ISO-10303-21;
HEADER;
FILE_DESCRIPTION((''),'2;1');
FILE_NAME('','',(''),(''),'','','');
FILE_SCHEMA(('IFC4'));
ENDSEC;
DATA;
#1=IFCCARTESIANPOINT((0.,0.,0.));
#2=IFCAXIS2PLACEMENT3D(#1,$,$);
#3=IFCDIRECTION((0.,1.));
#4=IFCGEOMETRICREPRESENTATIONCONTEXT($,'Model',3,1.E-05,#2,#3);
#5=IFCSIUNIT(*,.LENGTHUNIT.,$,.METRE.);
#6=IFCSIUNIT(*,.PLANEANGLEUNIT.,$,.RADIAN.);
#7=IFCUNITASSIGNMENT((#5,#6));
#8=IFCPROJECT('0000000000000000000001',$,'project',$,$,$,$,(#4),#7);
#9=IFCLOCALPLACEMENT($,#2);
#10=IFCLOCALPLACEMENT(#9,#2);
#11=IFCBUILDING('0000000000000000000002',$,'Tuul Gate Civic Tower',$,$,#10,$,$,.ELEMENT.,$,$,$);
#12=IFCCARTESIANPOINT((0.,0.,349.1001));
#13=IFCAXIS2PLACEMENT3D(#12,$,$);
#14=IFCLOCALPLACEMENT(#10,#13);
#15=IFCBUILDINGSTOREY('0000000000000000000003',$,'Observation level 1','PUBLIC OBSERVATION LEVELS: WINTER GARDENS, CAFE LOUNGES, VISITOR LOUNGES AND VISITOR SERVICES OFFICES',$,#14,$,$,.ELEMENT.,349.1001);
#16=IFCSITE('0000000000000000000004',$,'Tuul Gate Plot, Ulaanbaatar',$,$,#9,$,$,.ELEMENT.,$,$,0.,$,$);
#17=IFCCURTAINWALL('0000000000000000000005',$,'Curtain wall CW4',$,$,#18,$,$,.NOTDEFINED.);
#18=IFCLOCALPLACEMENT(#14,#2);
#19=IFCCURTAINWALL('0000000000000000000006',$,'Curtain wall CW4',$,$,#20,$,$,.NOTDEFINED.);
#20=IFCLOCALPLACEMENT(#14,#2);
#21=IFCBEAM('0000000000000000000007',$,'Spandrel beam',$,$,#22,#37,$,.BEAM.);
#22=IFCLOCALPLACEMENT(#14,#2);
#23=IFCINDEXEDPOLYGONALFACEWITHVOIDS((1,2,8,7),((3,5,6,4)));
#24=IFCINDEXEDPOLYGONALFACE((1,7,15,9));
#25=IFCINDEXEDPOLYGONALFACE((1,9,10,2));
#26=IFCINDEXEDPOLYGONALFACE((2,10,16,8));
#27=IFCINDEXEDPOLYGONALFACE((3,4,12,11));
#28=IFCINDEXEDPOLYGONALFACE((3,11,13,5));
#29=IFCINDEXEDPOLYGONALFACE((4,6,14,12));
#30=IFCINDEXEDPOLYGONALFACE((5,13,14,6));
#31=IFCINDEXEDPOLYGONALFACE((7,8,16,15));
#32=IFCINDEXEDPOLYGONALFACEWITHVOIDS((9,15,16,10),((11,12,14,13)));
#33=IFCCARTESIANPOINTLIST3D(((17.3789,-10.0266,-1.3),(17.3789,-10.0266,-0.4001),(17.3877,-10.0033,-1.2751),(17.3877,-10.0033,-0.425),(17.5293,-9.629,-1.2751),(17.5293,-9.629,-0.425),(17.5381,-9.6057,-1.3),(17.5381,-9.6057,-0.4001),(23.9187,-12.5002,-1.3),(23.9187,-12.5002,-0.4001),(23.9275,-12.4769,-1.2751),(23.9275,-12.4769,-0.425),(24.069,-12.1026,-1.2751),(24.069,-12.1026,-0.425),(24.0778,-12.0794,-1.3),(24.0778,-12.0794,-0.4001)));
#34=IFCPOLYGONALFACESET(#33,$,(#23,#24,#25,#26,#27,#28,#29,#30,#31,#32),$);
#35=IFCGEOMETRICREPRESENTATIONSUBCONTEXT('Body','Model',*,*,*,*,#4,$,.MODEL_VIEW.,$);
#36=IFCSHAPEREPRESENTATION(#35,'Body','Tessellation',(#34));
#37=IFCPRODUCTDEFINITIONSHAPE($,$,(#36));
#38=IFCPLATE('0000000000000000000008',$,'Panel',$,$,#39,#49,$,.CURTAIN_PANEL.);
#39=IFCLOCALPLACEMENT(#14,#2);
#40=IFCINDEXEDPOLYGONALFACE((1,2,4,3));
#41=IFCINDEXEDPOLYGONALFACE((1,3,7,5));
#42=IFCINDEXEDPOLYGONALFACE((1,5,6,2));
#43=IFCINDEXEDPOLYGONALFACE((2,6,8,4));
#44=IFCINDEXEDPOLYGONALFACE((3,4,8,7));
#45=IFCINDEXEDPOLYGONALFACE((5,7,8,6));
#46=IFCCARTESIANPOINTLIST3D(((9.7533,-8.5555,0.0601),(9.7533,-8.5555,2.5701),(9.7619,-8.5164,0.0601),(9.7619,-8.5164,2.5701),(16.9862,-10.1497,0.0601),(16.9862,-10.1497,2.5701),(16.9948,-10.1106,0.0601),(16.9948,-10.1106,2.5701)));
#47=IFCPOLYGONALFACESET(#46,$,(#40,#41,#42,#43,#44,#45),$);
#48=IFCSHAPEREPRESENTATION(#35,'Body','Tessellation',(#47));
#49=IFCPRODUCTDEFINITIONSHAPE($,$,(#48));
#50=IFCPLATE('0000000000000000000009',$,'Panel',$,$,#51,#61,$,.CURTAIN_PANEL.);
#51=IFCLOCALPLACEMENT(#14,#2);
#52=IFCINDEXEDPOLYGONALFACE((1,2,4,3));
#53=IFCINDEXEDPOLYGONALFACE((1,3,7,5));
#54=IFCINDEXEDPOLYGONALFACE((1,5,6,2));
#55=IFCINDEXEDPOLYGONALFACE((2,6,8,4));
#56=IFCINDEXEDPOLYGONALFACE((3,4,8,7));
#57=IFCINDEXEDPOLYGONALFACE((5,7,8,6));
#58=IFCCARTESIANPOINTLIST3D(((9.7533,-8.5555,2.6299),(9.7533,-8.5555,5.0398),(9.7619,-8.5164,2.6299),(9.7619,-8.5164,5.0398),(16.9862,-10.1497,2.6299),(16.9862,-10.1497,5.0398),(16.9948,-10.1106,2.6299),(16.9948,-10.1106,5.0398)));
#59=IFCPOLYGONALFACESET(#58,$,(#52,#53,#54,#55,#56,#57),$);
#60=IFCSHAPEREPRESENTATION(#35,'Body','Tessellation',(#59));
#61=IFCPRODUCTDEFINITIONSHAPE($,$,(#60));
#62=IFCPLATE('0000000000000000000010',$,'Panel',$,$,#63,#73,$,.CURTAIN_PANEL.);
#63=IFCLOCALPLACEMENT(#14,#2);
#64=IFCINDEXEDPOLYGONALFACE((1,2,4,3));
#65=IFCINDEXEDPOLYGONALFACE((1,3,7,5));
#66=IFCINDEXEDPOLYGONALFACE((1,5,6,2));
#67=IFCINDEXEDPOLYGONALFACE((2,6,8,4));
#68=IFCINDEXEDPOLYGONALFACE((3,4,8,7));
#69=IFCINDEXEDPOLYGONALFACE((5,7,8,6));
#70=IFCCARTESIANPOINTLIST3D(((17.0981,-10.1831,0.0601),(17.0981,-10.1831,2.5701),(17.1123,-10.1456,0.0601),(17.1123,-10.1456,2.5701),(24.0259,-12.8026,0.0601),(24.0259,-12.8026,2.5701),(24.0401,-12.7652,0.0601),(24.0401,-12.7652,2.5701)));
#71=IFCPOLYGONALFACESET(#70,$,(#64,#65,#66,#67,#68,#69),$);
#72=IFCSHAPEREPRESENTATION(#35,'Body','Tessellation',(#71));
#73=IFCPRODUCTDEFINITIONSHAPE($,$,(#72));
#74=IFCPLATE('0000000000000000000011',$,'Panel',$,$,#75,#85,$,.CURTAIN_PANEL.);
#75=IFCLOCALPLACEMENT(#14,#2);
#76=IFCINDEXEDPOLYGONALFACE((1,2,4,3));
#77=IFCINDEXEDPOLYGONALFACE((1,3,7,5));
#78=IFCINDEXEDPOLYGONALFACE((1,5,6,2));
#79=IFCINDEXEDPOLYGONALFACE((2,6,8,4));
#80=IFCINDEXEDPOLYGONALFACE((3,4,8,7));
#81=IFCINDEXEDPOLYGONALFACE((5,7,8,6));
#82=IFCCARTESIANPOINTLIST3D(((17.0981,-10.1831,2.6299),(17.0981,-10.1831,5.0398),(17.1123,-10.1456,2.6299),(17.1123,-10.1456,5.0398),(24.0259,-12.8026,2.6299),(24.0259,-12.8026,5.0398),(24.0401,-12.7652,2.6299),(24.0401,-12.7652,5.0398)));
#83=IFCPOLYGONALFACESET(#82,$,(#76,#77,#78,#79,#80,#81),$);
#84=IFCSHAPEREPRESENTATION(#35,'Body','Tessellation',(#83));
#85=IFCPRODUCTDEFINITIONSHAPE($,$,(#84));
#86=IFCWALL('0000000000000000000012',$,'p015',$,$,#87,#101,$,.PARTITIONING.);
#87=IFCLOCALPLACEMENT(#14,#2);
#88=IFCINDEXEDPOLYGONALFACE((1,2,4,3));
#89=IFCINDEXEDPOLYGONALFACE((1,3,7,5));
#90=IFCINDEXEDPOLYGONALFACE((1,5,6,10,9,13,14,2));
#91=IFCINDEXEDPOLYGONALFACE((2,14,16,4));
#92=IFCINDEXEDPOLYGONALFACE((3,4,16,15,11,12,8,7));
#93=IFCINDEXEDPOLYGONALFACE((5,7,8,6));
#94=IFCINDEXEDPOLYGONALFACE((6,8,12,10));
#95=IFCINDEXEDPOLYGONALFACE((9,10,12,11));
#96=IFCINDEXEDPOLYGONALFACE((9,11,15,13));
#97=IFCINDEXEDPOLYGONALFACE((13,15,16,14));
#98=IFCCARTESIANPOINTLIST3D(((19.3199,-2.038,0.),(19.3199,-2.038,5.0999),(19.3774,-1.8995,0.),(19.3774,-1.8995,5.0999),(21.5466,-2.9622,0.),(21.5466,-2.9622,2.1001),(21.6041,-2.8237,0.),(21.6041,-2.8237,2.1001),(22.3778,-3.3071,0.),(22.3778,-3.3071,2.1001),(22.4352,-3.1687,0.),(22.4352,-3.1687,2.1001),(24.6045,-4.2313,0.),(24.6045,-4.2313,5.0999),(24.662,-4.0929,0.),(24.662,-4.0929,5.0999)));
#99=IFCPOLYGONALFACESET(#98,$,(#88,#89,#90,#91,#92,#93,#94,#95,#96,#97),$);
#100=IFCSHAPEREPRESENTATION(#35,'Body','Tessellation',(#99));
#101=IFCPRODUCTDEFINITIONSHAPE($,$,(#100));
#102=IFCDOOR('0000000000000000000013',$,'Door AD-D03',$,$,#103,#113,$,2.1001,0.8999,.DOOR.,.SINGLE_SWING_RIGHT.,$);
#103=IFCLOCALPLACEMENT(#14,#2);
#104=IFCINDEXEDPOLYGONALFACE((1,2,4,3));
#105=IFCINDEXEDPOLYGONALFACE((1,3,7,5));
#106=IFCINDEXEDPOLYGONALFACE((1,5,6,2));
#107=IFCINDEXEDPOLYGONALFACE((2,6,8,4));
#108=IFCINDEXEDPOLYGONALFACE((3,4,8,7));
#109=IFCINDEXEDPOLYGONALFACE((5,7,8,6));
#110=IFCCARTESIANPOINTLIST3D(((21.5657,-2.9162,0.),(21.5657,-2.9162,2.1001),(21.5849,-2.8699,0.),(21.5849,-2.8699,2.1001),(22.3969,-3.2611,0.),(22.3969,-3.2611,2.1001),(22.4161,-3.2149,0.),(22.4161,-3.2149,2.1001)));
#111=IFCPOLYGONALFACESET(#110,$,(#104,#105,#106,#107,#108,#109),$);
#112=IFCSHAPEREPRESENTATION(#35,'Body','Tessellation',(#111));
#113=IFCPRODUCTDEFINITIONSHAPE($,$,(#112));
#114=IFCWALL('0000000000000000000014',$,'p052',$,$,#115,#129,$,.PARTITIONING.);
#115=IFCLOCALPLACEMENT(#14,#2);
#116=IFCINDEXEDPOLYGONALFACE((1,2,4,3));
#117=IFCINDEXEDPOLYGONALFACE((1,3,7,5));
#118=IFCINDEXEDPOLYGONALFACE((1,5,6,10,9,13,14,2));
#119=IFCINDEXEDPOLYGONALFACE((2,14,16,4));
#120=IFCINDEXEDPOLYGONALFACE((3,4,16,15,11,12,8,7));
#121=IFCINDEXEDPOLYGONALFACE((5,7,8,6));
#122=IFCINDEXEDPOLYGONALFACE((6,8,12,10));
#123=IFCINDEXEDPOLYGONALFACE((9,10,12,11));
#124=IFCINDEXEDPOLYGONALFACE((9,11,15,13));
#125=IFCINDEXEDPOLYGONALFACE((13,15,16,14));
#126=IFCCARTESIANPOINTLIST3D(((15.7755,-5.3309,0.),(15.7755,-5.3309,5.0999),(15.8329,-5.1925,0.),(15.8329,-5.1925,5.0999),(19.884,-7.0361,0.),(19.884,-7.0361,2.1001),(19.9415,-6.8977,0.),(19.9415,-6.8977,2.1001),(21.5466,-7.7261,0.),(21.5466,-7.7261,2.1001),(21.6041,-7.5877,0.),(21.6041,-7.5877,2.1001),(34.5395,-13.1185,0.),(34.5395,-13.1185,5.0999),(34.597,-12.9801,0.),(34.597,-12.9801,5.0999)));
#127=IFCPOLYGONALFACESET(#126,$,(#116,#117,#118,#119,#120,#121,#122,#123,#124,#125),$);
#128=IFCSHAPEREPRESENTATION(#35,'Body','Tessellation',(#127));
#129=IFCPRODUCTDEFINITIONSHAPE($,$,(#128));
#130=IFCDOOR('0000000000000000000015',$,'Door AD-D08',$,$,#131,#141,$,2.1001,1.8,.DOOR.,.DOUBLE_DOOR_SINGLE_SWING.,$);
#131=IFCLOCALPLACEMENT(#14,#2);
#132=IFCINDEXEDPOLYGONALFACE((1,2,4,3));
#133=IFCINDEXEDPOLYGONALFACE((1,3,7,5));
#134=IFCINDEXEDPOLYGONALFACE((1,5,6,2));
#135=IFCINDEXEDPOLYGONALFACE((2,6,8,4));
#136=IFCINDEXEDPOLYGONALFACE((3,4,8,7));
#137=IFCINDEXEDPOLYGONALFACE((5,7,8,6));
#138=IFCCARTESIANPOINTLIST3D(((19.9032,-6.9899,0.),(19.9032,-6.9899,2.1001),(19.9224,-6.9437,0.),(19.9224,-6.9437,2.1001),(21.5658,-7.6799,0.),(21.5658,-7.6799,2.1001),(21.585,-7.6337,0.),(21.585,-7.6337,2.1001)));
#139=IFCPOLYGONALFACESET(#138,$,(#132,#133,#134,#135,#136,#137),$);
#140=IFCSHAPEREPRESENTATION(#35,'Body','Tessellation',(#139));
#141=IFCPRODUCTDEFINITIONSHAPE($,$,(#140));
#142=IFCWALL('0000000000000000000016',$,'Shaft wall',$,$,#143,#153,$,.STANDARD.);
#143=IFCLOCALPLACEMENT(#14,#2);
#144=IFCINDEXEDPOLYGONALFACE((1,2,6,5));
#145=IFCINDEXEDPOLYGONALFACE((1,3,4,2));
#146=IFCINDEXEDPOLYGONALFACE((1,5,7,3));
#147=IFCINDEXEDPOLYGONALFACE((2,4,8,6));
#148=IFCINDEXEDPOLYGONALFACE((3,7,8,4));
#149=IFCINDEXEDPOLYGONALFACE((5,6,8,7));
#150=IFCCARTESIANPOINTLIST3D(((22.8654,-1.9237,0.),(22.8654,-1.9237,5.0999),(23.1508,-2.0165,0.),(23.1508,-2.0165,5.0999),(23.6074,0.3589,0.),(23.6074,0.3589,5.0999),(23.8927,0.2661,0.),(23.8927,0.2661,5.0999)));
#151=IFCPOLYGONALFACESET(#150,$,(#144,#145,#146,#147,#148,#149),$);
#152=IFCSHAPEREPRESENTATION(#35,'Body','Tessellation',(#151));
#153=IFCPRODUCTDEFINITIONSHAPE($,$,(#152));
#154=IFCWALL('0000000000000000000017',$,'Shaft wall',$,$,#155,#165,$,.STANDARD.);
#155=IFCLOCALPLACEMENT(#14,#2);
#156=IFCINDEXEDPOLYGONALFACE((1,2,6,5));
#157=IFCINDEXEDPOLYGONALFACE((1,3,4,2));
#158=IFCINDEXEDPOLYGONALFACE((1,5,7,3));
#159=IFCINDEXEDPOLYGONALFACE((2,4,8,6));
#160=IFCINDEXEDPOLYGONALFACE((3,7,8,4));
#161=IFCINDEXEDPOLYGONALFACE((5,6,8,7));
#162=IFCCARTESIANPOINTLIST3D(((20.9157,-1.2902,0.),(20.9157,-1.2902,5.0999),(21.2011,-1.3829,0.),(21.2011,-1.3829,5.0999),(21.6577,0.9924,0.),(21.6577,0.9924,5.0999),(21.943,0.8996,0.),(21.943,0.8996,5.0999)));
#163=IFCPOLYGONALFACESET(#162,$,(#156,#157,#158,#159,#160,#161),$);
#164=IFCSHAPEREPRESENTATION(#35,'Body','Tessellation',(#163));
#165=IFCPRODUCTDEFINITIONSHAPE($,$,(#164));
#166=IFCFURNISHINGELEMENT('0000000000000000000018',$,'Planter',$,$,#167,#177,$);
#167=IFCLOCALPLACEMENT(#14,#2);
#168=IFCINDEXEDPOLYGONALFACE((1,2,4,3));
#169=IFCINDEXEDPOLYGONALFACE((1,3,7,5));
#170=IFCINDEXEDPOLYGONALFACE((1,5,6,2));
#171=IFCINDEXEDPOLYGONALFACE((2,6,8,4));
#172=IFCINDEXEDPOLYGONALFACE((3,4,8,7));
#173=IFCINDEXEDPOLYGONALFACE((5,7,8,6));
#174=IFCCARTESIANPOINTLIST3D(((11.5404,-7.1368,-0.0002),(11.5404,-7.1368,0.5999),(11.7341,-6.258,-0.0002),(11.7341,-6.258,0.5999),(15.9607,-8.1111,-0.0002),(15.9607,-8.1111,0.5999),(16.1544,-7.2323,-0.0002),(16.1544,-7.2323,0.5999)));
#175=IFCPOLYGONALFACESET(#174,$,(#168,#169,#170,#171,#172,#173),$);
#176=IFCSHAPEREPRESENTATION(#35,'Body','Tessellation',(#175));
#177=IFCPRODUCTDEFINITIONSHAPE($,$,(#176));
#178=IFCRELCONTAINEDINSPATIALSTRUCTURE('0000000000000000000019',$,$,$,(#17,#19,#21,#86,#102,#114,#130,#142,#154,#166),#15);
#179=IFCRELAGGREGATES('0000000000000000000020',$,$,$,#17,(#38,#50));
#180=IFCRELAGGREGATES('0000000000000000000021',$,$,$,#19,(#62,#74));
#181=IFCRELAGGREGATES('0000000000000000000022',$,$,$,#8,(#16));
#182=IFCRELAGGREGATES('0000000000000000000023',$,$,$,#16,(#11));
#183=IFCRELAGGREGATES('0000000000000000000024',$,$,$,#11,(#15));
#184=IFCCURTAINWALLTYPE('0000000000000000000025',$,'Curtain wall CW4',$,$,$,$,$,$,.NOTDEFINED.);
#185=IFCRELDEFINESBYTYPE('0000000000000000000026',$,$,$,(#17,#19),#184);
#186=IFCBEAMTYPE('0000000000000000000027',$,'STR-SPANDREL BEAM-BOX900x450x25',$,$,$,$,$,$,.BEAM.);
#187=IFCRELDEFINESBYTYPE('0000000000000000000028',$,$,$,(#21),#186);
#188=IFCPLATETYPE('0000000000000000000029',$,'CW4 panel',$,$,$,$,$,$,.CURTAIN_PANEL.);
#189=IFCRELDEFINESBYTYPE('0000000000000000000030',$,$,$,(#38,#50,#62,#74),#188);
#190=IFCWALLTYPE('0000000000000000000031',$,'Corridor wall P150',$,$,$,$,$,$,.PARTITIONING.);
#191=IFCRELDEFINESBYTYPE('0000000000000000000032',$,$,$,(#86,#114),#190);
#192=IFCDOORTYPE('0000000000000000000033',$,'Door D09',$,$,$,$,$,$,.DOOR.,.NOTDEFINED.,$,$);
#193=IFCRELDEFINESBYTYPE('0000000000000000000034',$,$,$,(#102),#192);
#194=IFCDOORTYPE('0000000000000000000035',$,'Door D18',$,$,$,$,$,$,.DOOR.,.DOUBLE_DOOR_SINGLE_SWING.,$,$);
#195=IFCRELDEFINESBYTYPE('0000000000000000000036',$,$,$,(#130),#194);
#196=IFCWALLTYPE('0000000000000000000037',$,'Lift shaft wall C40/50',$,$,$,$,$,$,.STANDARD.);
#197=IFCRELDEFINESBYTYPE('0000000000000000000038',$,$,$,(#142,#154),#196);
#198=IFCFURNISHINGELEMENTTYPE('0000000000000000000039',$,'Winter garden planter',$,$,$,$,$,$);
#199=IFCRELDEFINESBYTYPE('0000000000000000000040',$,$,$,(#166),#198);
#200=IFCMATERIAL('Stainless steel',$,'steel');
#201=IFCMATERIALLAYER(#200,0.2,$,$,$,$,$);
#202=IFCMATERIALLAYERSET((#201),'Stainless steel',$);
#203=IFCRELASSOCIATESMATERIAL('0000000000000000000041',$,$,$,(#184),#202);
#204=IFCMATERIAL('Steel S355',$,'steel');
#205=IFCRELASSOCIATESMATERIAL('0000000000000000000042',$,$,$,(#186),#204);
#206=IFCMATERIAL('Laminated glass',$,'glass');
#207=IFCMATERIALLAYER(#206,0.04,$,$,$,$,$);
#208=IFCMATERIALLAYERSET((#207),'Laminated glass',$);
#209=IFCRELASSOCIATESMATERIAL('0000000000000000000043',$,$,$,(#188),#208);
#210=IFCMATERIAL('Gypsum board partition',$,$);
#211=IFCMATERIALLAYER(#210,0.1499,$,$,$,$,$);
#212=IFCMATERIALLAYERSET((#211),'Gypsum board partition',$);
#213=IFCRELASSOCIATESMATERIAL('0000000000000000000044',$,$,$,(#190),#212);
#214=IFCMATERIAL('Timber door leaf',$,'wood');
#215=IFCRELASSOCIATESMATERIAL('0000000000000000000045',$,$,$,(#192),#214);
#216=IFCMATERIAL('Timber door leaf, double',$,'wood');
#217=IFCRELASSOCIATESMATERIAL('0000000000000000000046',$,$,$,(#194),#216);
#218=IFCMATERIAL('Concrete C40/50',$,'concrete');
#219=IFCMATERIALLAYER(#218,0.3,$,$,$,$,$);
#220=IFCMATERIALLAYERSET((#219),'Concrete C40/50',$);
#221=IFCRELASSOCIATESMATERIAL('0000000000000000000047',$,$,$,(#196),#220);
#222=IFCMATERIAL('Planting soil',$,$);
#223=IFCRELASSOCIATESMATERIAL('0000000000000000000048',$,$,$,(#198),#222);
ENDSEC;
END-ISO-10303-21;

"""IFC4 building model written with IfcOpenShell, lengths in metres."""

from ifc_helpers import new_model, si_unit, direction, frame, frame_2d, origin, origin_2d, place, context, subcontext, project, spatial, rectangle, hollow_rectangle, extrude, material, layer, layer_set, material_profile, profile_set, type_object, element, fill, aggregate, save


model = new_model("IFC4")

# Units and contexts
model_context = context("Model", 3, precision=1e-05, world=origin(), true_north=direction((0.0, 1.0)))
body_context = subcontext(model_context, "Body", "Model", "MODEL_VIEW")
ifc_project = project(units=[si_unit("LENGTHUNIT", "METRE"), si_unit("PLANEANGLEUNIT", "RADIAN")], contexts=[model_context])

# Site, building, storey
site_placement = place(None, origin())
site = spatial("IfcSite", under=ifc_project, at=site_placement, Name="Tuul Gate Plot, Ulaanbaatar", CompositionType="ELEMENT", RefElevation=0.0)
building_placement = place(site_placement, origin())
building = spatial("IfcBuilding", under=site, at=building_placement, Name="Tuul Gate Civic Tower", CompositionType="ELEMENT")
storey_placement = place(building_placement, frame((0.0, 0.0, 349.1001)))
storey = spatial("IfcBuildingStorey", under=building, at=storey_placement, Name="Observation level 1", Description="PUBLIC OBSERVATION LEVELS: WINTER GARDENS, CAFE LOUNGES, VISITOR LOUNGES AND VISITOR SERVICES OFFICES", CompositionType="ELEMENT", Elevation=349.1001)

# Curtain wall
ifc_material_1 = material(Name="Stainless steel", Category="steel")
ifc_layer_1 = layer(ifc_material_1, 0.2)
ifc_layer_set_1 = layer_set([ifc_layer_1], Name="Stainless steel")
curtain_wall_type = type_object("IfcCurtainWallType", Name="Curtain wall CW4", PredefinedType="NOTDEFINED", material=ifc_layer_set_1)
curtain_wall_1_placement = place(storey_placement, origin())
curtain_wall_1 = element("IfcCurtainWall", 1, at=curtain_wall_1_placement, inside=storey, type_object=curtain_wall_type, Name="Curtain wall CW4", PredefinedType="NOTDEFINED")

# Curtain wall
curtain_wall_2_placement = place(storey_placement, origin())
curtain_wall_2 = element("IfcCurtainWall", 2, at=curtain_wall_2_placement, inside=storey, type_object=curtain_wall_type, Name="Curtain wall CW4", PredefinedType="NOTDEFINED")

# Beam
ifc_material_2 = material(Name="Steel S355", Category="steel")
ifc_material_profile_1 = material_profile(ifc_material_2, hollow_rectangle(XDim=0.45, YDim=0.8999, WallThickness=0.0249, at=origin_2d()), Name="BOX900x450x25")
ifc_profile_set_1 = profile_set([ifc_material_profile_1], Name="Steel S355")
beam_type_1 = type_object("IfcBeamType", Name="STR-SPANDREL BEAM-BOX900x450x25", PredefinedType="BEAM", material=ifc_profile_set_1)
beam_1_placement = place(storey_placement, frame((17.4585, -9.8162, -0.8501), z_axis=(0.935328, -0.353781, 0.0), x_axis=(0.353781, 0.935328, 0.0)))
element("IfcBeam", 3, at=beam_1_placement, inside=storey, type_object=beam_type_1, Name="Spandrel beam", PredefinedType="BEAM", context=body_context, shape_type="SweptSolid", body=[
    extrude(hollow_rectangle(XDim=0.45, YDim=0.8999, WallThickness=0.0249, at=origin_2d()), origin(), (0.0, 0.0, 1.0), 6.9919),
])

# Plates
ifc_material_3 = material(Name="Laminated glass", Category="glass")
ifc_layer_2 = layer(ifc_material_3, 0.04)
ifc_layer_set_2 = layer_set([ifc_layer_2], Name="Laminated glass")
plate_type = type_object("IfcPlateType", Name="CW4 panel", PredefinedType="CURTAIN_PANEL", material=ifc_layer_set_2)
plate_1_placement = place(storey_placement, frame((13.374, -9.333, 0.0601), z_axis=(0.0, 0.0, 1.0), x_axis=(0.976561, -0.215242, 0.0)))
plate_1 = element("IfcPlate", 4, at=plate_1_placement, type_object=plate_type, Name="Panel", PredefinedType="CURTAIN_PANEL", context=body_context, shape_type="SweptSolid", body=[
    extrude(rectangle(XDim=7.4065, YDim=0.04, at=origin_2d()), origin(), (0.0, 0.0, 1.0), 2.51),
])
plate_2_placement = place(storey_placement, frame((13.374, -9.333, 2.6299), z_axis=(0.0, 0.0, 1.0), x_axis=(0.976561, -0.215242, 0.0)))
plate_2 = element("IfcPlate", 5, at=plate_2_placement, type_object=plate_type, Name="Panel", PredefinedType="CURTAIN_PANEL", context=body_context, shape_type="SweptSolid", body=[
    extrude(rectangle(XDim=7.4065, YDim=0.04, at=origin_2d()), origin(), (0.0, 0.0, 1.0), 2.4099),
])
aggregate(curtain_wall_1, [plate_1, plate_2])
plate_3_placement = place(storey_placement, frame((20.5691, -11.4741, 0.0601), z_axis=(0.0, 0.0, 1.0), x_axis=(0.935365, -0.353685, 0.0)))
plate_3 = element("IfcPlate", 6, at=plate_3_placement, type_object=plate_type, Name="Panel", PredefinedType="CURTAIN_PANEL", context=body_context, shape_type="SweptSolid", body=[
    extrude(rectangle(XDim=7.4065, YDim=0.04, at=origin_2d()), origin(), (0.0, 0.0, 1.0), 2.51),
])
plate_4_placement = place(storey_placement, frame((20.5691, -11.4741, 2.6299), z_axis=(0.0, 0.0, 1.0), x_axis=(0.935365, -0.353685, 0.0)))
plate_4 = element("IfcPlate", 7, at=plate_4_placement, type_object=plate_type, Name="Panel", PredefinedType="CURTAIN_PANEL", context=body_context, shape_type="SweptSolid", body=[
    extrude(rectangle(XDim=7.4065, YDim=0.04, at=origin_2d()), origin(), (0.0, 0.0, 1.0), 2.4099),
])
aggregate(curtain_wall_2, [plate_3, plate_4])

# Walls, openings, doors
ifc_material_4 = material(Name="Gypsum board partition")
ifc_layer_3 = layer(ifc_material_4, 0.1499)
ifc_layer_set_3 = layer_set([ifc_layer_3], Name="Gypsum board partition")
wall_type_1 = type_object("IfcWallType", Name="Corridor wall P150", PredefinedType="PARTITIONING", material=ifc_layer_set_3)
wall_1_placement = place(storey_placement, frame((19.3486, -1.9688, 0.0), z_axis=(0.0, 0.0, 1.0), x_axis=(0.923609, -0.383336, 0.0)))
wall_1 = element("IfcWall", 8, at=wall_1_placement, inside=storey, type_object=wall_type_1, Name="p015", PredefinedType="PARTITIONING", context=body_context, shape_type="SweptSolid", body=[
    extrude(rectangle(XDim=5.7217, YDim=0.1499, at=frame_2d((2.8608, 0.0))), origin(), (0.0, 0.0, 1.0), 5.0999),
])
opening_1_placement = place(wall_1_placement, frame((2.4109, 0.0, 0.0)))
opening_1 = element("IfcOpeningElement", 9, at=opening_1_placement, cuts=wall_1, PredefinedType="OPENING", context=body_context, shape_type="SweptSolid", body=[
    extrude(rectangle(XDim=0.8999, YDim=2.1001, at=frame_2d((0.45, 1.05))), frame((0.0, 0.085, 0.0), z_axis=(0.0, -1.0, 0.0), x_axis=(1.0, 0.0, 0.0)), (0.0, 0.0, 1.0), 0.1699),
])
ifc_material_5 = material(Name="Timber door leaf", Category="wood")
door_type_1 = type_object("IfcDoorType", Name="Door D09", OperationType="NOTDEFINED", PredefinedType="DOOR", material=ifc_material_5)
door_1_placement = place(opening_1_placement, origin())
door_1 = element("IfcDoor", 10, at=door_1_placement, inside=storey, type_object=door_type_1, Name="Door AD-D03", OperationType="SINGLE_SWING_RIGHT", OverallHeight=2.1001, OverallWidth=0.8999, PredefinedType="DOOR", context=body_context, shape_type="SweptSolid", body=[
    extrude(rectangle(XDim=0.8999, YDim=2.1001, at=frame_2d((0.45, 1.05))), frame((0.0, 0.0249, 0.0), z_axis=(0.0, -1.0, 0.0), x_axis=(1.0, 0.0, 0.0)), (0.0, 0.0, 1.0), 0.05),
])
fill(opening_1, door_1)
wall_2_placement = place(storey_placement, frame((15.8042, -5.2617, 0.0), z_axis=(0.0, 0.0, 1.0), x_axis=(0.923614, -0.383323, 0.0)))
wall_2 = element("IfcWall", 11, at=wall_2_placement, inside=storey, type_object=wall_type_1, Name="p052", PredefinedType="PARTITIONING", context=body_context, shape_type="SweptSolid", body=[
    extrude(rectangle(XDim=20.3159, YDim=0.1499, at=frame_2d((10.158, 0.0))), origin(), (0.0, 0.0, 1.0), 5.0999),
])
opening_2_placement = place(wall_2_placement, frame((4.4485, 0.0, 0.0)))
opening_2 = element("IfcOpeningElement", 12, at=opening_2_placement, cuts=wall_2, PredefinedType="OPENING", context=body_context, shape_type="SweptSolid", body=[
    extrude(rectangle(XDim=1.8, YDim=2.1001, at=frame_2d((0.8999, 1.05))), frame((0.0, 0.085, 0.0), z_axis=(0.0, -1.0, 0.0), x_axis=(1.0, 0.0, 0.0)), (0.0, 0.0, 1.0), 0.1699),
])
ifc_material_6 = material(Name="Timber door leaf, double", Category="wood")
door_type_2 = type_object("IfcDoorType", Name="Door D18", OperationType="DOUBLE_DOOR_SINGLE_SWING", PredefinedType="DOOR", material=ifc_material_6)
door_2_placement = place(opening_2_placement, frame((1.8, 0.0, 0.0), z_axis=(0.0, 0.0, 1.0), x_axis=(-1.0, 0.0, 0.0)))
door_2 = element("IfcDoor", 13, at=door_2_placement, inside=storey, type_object=door_type_2, Name="Door AD-D08", OperationType="DOUBLE_DOOR_SINGLE_SWING", OverallHeight=2.1001, OverallWidth=1.8, PredefinedType="DOOR", context=body_context, shape_type="SweptSolid", body=[
    extrude(rectangle(XDim=1.8, YDim=2.1001, at=frame_2d((0.9001, 1.05))), frame((0.0, 0.0249, 0.0), z_axis=(0.0, -1.0, 0.0), x_axis=(1.0, 0.0, 0.0)), (0.0, 0.0, 1.0), 0.05),
])
fill(opening_2, door_2)

# Walls
ifc_material_7 = material(Name="Concrete C40/50", Category="concrete")
ifc_layer_4 = layer(ifc_material_7, 0.3)
ifc_layer_set_4 = layer_set([ifc_layer_4], Name="Concrete C40/50")
wall_type_2 = type_object("IfcWallType", Name="Lift shaft wall C40/50", PredefinedType="STANDARD", material=ifc_layer_set_4)
for number, where, z_axis, x_axis, name in (
    (14, (23.0081, -1.9702, 0.0), (0.0, 0.0, 1.0), (0.309139, 0.951017, 0.0), "Shaft wall"),
    (15, (21.0583, -1.3367, 0.0), (0.0, 0.0, 1.0), (0.309139, 0.951017, 0.0), "Shaft wall"),
):
    element("IfcWall", number, at=place(storey_placement, frame(where, z_axis=z_axis, x_axis=x_axis)), inside=storey, type_object=wall_type_2, Name=name, PredefinedType="STANDARD", context=body_context, shape_type="SweptSolid", body=[
        extrude(rectangle(XDim=2.4001, YDim=0.3, at=frame_2d((1.2002, 0.0))), origin(), (0.0, 0.0, 1.0), 5.0999),
    ])

# Furnishing element
ifc_material_8 = material(Name="Planting soil")
furnishing_element_type = type_object("IfcFurnishingElementType", Name="Winter garden planter", material=ifc_material_8)
for number, where, z_axis, x_axis, name in (
    (16, (13.8474, -7.1846, -0.0002), (0.0, 0.0, 1.0), (0.976561, -0.215242, 0.0), "Planter"),
):
    element("IfcFurnishingElement", number, at=place(storey_placement, frame(where, z_axis=z_axis, x_axis=x_axis)), inside=storey, type_object=furnishing_element_type, Name=name, context=body_context, shape_type="SweptSolid", body=[
        extrude(rectangle(XDim=4.5264, YDim=0.8999, at=origin_2d()), origin(), (0.0, 0.0, 1.0), 0.6001),
    ])

save(model, "model.ifc")
